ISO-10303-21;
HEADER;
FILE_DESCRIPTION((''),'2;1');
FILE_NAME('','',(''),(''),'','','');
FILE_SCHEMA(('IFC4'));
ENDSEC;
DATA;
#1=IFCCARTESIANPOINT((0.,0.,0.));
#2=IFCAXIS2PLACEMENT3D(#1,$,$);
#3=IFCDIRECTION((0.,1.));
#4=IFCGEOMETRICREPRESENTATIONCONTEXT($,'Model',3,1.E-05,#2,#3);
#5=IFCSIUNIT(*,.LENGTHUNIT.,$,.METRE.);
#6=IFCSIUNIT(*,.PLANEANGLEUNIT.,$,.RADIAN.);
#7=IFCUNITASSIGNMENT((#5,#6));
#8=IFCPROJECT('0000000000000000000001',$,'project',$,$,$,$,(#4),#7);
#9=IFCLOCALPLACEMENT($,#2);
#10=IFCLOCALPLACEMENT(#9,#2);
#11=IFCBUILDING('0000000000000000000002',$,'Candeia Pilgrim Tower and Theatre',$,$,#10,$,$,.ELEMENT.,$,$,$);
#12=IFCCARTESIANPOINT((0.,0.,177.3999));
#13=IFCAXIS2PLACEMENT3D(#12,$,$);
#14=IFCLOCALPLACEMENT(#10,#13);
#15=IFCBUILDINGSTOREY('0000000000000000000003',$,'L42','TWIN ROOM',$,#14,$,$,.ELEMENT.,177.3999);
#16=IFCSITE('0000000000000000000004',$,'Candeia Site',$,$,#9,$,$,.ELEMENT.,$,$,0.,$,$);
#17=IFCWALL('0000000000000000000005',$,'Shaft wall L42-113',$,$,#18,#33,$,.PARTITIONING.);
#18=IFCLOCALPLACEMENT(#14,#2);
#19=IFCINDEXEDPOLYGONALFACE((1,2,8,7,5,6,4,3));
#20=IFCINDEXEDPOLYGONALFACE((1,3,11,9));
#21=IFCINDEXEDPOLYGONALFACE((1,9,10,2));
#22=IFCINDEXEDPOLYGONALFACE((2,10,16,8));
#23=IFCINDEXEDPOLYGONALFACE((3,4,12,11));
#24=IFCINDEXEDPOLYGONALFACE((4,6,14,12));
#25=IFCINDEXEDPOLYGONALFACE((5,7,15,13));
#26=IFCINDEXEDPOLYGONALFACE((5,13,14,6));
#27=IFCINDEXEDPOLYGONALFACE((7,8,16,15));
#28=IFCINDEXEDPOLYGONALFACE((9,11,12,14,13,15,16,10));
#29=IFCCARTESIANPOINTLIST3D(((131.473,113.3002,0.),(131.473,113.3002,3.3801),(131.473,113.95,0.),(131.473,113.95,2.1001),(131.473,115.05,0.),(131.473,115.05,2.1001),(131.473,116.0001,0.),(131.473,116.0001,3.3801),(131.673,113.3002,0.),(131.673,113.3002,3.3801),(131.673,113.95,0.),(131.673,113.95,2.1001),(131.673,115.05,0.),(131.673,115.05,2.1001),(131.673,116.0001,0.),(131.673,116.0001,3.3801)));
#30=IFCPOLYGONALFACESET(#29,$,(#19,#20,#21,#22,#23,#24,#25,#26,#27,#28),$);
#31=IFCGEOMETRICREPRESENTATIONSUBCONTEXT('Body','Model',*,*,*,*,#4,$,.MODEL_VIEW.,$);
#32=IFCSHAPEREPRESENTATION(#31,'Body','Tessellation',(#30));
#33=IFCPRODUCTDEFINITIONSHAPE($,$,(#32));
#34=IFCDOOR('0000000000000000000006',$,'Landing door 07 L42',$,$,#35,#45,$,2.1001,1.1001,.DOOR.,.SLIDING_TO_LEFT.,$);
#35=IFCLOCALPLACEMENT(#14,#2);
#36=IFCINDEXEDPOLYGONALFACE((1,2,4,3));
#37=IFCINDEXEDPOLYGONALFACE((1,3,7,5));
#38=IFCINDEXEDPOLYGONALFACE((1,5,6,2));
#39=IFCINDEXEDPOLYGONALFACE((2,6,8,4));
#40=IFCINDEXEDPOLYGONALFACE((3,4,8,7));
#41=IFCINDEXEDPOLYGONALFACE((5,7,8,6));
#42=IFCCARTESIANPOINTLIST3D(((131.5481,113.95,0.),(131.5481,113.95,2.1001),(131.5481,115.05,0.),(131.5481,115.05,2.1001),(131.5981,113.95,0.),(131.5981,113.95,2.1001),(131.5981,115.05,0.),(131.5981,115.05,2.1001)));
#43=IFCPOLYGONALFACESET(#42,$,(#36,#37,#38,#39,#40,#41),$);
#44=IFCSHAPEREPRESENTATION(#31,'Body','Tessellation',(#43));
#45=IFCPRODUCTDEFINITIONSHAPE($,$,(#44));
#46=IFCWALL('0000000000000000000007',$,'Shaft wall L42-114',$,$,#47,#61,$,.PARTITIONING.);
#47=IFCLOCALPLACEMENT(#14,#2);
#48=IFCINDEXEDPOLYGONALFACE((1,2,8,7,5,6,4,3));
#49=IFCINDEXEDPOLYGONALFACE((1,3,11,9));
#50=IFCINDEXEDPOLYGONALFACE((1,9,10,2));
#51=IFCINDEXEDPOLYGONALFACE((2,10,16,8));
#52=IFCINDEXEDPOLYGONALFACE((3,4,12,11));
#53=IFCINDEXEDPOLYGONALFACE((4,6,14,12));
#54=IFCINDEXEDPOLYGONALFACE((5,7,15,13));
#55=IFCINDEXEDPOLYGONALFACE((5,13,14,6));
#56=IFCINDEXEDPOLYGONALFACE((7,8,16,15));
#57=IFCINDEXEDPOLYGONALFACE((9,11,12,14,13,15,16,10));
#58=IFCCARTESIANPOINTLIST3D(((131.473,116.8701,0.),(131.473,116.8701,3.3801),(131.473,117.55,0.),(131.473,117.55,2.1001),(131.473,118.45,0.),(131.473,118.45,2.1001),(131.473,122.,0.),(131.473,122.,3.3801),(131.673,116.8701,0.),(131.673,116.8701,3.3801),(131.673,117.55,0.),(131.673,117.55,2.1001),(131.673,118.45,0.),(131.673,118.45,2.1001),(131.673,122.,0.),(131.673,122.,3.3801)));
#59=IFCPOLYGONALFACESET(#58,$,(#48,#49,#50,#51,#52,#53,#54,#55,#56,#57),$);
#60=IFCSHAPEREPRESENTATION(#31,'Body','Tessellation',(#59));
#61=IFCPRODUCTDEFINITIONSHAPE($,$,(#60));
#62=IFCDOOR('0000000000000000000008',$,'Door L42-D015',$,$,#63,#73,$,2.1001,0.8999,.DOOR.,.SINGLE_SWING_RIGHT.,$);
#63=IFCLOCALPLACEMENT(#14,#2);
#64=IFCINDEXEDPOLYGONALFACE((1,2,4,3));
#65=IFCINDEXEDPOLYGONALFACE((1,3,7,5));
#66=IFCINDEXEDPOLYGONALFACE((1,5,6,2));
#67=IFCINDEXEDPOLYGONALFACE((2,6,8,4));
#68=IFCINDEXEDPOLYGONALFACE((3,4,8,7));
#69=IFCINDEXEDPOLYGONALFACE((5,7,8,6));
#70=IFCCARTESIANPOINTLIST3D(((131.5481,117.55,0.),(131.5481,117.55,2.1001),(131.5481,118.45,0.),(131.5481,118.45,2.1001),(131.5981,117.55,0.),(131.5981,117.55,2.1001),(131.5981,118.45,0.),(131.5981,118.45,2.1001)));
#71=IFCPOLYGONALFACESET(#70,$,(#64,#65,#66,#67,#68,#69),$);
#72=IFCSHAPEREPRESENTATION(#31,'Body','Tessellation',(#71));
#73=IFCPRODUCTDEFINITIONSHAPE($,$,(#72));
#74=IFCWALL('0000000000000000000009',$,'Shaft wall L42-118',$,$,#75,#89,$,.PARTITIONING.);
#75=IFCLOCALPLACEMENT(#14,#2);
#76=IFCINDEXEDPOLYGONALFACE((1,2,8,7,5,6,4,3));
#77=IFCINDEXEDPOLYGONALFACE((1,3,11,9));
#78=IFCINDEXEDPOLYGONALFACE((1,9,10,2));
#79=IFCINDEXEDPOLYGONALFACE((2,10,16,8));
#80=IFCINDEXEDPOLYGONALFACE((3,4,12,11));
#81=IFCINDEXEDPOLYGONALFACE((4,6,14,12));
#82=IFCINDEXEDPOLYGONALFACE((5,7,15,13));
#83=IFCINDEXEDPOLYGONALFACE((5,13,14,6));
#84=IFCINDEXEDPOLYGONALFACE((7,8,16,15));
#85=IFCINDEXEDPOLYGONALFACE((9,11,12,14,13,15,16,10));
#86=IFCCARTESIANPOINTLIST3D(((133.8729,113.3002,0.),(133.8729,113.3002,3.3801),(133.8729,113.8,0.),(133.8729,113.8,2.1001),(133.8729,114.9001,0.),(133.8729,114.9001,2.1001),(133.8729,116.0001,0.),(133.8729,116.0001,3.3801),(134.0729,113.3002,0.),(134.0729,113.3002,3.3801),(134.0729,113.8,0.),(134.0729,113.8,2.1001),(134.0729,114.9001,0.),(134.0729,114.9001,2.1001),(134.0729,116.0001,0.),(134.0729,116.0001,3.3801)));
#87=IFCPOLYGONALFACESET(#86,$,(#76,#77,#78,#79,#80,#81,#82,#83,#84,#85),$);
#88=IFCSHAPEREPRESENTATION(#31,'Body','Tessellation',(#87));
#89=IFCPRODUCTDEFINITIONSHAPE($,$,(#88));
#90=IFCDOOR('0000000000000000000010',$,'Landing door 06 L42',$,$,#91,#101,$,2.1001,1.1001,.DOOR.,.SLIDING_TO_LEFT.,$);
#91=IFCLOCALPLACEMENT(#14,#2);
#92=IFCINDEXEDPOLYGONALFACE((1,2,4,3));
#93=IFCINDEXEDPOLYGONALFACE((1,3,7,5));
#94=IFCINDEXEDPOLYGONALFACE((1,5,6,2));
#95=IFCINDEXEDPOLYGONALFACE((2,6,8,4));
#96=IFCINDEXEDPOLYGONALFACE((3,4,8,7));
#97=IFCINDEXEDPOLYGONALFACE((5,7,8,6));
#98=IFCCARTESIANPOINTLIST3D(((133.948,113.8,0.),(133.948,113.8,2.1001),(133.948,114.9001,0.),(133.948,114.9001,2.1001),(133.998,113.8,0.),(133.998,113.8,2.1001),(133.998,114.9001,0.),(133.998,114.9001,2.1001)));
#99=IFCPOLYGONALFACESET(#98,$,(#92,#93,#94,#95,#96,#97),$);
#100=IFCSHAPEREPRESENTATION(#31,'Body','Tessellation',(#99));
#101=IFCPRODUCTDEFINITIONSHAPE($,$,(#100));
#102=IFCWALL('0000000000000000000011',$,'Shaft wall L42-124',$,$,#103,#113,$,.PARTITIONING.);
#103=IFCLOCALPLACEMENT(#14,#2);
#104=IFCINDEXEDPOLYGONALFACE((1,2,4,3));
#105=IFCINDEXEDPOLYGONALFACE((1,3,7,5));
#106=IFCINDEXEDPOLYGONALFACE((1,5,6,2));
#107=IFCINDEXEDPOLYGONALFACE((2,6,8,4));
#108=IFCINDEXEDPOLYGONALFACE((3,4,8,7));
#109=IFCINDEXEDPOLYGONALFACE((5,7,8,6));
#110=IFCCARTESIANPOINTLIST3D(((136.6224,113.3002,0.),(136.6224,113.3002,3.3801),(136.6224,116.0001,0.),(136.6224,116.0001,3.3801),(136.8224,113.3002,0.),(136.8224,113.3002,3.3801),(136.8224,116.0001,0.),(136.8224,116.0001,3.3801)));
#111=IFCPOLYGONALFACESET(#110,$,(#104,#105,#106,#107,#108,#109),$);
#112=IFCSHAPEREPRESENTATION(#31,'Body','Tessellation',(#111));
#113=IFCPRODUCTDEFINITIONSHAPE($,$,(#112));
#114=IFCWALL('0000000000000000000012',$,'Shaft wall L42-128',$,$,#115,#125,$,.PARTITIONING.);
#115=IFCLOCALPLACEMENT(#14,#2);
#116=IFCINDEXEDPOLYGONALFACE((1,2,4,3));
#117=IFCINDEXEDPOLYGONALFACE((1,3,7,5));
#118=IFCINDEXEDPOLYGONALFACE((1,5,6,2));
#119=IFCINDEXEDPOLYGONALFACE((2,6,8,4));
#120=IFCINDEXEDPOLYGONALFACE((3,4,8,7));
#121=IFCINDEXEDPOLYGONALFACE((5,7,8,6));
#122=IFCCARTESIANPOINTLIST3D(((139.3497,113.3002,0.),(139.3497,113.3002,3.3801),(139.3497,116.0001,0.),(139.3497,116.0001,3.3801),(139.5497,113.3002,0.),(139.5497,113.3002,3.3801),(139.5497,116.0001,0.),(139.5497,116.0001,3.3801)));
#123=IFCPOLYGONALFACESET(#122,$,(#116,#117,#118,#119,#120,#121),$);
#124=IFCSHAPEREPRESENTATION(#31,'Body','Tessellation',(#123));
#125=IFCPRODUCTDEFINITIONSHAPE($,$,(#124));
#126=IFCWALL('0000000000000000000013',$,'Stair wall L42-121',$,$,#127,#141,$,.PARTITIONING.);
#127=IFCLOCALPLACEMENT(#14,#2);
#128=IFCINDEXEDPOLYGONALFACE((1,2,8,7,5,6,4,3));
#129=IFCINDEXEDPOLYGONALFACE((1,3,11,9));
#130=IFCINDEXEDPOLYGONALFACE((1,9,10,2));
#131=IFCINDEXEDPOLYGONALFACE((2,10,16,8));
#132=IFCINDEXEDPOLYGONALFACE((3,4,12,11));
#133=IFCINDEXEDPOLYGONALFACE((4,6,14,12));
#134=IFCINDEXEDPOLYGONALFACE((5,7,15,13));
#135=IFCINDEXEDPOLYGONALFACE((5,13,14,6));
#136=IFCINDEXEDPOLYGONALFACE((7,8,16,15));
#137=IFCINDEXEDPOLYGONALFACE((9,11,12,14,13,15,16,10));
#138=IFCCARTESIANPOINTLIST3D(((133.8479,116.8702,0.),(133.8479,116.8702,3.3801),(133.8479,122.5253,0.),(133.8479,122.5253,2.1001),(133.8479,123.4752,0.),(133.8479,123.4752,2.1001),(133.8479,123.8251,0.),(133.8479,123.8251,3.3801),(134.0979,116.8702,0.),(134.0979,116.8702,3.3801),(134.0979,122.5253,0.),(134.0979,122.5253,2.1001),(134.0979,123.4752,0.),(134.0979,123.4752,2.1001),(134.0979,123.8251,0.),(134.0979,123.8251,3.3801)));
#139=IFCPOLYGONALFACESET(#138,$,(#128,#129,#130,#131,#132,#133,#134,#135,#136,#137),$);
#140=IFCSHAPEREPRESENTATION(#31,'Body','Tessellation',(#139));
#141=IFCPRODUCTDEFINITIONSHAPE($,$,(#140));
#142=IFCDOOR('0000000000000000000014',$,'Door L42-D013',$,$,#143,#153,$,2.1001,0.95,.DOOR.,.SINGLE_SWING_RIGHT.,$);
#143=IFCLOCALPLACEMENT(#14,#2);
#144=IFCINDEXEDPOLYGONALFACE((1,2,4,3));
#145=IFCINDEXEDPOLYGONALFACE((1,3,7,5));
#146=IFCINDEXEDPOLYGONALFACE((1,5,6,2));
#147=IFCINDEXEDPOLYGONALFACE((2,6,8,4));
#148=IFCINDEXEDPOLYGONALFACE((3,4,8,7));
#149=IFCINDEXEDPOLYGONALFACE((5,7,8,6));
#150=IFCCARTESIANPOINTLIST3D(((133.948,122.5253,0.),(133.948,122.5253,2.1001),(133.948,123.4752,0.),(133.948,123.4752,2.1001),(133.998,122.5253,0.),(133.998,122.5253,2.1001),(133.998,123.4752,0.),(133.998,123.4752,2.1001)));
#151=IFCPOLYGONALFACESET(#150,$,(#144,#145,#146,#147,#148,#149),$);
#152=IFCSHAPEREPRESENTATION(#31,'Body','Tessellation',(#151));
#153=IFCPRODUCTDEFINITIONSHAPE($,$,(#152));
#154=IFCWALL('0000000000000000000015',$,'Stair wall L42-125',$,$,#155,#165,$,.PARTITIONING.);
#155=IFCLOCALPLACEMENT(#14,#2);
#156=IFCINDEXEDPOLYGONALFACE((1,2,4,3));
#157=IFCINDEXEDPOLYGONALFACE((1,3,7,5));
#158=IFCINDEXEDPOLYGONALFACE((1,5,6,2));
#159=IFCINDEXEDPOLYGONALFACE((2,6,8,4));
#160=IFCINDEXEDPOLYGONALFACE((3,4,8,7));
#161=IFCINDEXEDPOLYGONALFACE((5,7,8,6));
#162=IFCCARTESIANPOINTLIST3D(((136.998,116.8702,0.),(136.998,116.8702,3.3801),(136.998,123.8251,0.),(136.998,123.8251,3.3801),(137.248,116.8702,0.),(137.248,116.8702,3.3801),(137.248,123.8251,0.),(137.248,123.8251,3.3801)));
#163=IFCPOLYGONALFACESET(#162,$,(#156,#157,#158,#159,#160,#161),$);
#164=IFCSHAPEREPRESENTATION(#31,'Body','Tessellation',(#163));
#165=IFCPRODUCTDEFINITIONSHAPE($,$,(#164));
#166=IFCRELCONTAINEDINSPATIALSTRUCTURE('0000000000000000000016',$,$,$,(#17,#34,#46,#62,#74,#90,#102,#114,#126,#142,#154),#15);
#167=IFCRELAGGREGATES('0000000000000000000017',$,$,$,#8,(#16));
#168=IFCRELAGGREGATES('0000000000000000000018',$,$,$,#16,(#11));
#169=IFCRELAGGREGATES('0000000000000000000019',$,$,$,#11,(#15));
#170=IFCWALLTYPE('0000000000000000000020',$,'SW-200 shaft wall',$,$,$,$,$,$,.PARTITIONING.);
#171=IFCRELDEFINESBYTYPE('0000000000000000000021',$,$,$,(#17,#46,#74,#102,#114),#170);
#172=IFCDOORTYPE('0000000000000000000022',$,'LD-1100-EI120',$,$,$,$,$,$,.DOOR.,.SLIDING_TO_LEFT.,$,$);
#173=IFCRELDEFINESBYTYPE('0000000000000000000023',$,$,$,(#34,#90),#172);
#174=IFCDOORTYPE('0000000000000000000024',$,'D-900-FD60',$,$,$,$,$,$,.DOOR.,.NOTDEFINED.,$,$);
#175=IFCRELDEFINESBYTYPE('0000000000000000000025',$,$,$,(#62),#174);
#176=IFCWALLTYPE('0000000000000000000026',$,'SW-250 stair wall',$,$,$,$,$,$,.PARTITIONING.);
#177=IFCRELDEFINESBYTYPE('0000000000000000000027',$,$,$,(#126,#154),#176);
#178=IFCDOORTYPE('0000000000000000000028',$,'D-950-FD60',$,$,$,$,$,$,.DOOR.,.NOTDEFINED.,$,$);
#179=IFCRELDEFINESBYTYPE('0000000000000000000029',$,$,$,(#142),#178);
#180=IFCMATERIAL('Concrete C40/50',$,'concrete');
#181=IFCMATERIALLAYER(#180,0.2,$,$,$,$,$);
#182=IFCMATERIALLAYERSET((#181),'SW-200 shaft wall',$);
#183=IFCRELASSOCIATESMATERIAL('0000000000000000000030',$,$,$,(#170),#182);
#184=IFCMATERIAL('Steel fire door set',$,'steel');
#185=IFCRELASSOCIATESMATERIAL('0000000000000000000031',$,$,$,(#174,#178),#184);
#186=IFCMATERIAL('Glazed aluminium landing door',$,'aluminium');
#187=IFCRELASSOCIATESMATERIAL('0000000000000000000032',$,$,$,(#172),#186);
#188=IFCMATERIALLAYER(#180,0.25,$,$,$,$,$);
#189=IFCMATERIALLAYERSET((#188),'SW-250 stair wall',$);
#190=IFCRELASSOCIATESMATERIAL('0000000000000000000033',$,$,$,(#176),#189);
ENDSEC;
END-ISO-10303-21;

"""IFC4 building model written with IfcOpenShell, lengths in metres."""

from ifc_helpers import new_model, si_unit, direction, frame, frame_2d, origin, place, context, subcontext, project, spatial, rectangle, extrude, material, layer, layer_set, type_object, element, fill, save


model = new_model("IFC4")

# Units and contexts
model_context = context("Model", 3, precision=1e-05, world=origin(), true_north=direction((0.0, 1.0)))
body_context = subcontext(model_context, "Body", "Model", "MODEL_VIEW")
ifc_project = project(units=[si_unit("LENGTHUNIT", "METRE"), si_unit("PLANEANGLEUNIT", "RADIAN")], contexts=[model_context])

# Site, building, storey
site_placement = place(None, origin())
site = spatial("IfcSite", under=ifc_project, at=site_placement, Name="Candeia Site", CompositionType="ELEMENT", RefElevation=0.0)
building_placement = place(site_placement, origin())
building = spatial("IfcBuilding", under=site, at=building_placement, Name="Candeia Pilgrim Tower and Theatre", CompositionType="ELEMENT")
storey_placement = place(building_placement, frame((0.0, 0.0, 177.3999)))
storey = spatial("IfcBuildingStorey", under=building, at=storey_placement, Name="L42", Description="TWIN ROOM", CompositionType="ELEMENT", Elevation=177.3999)

# Shared definitions
ifc_material_1 = material(Name="Steel fire door set", Category="steel")

# Walls, openings, doors
ifc_material_2 = material(Name="Concrete C40/50", Category="concrete")
ifc_layer_1 = layer(ifc_material_2, 0.2)
ifc_layer_set_1 = layer_set([ifc_layer_1], Name="SW-200 shaft wall")
wall_type_1 = type_object("IfcWallType", Name="SW-200 shaft wall", PredefinedType="PARTITIONING", material=ifc_layer_set_1)
door_type_1 = type_object("IfcDoorType", Name="D-900-FD60", OperationType="NOTDEFINED", PredefinedType="DOOR", material=ifc_material_1)
wall_1_placement = place(storey_placement, frame((131.573, 113.3, 0.0), z_axis=(0.0, 0.0, 1.0), x_axis=(0.0, 1.0, 0.0)))
wall_1 = element("IfcWall", 1, at=wall_1_placement, inside=storey, type_object=wall_type_1, Name="Shaft wall L42-113", PredefinedType="PARTITIONING", context=body_context, shape_type="SweptSolid", body=[
    extrude(rectangle(XDim=2.7, YDim=0.2, at=frame_2d((1.3501, 0.0))), origin(), (0.0, 0.0, 1.0), 3.3801),
])
opening_1_placement = place(wall_1_placement, frame((0.6499, 0.0, 0.0)))
opening_1 = element("IfcOpeningElement", 2, at=opening_1_placement, cuts=wall_1, PredefinedType="OPENING", context=body_context, shape_type="SweptSolid", body=[
    extrude(rectangle(XDim=1.1001, YDim=2.1001, at=frame_2d((0.55, 1.05))), frame((0.0, 0.1099, 0.0), z_axis=(0.0, -1.0, 0.0), x_axis=(1.0, 0.0, 0.0)), (0.0, 0.0, 1.0), 0.22),
])
ifc_material_3 = material(Name="Glazed aluminium landing door", Category="aluminium")
door_type_2 = type_object("IfcDoorType", Name="LD-1100-EI120", OperationType="SLIDING_TO_LEFT", PredefinedType="DOOR", material=ifc_material_3)
door_1_placement = place(opening_1_placement, origin())
door_1 = element("IfcDoor", 3, at=door_1_placement, inside=storey, type_object=door_type_2, Name="Landing door 07 L42", OperationType="SLIDING_TO_LEFT", OverallHeight=2.1001, OverallWidth=1.1001, PredefinedType="DOOR", context=body_context, shape_type="SweptSolid", body=[
    extrude(rectangle(XDim=1.1001, YDim=2.1001, at=frame_2d((0.55, 1.05))), frame((0.0, 0.0249, 0.0), z_axis=(0.0, -1.0, 0.0), x_axis=(1.0, 0.0, 0.0)), (0.0, 0.0, 1.0), 0.05),
])
fill(opening_1, door_1)
wall_2_placement = place(storey_placement, frame((131.573, 116.8701, 0.0), z_axis=(0.0, 0.0, 1.0), x_axis=(0.0, 1.0, 0.0)))
wall_2 = element("IfcWall", 4, at=wall_2_placement, inside=storey, type_object=wall_type_1, Name="Shaft wall L42-114", PredefinedType="PARTITIONING", context=body_context, shape_type="SweptSolid", body=[
    extrude(rectangle(XDim=5.1299, YDim=0.2, at=frame_2d((2.5649, 0.0))), origin(), (0.0, 0.0, 1.0), 3.3801),
])
opening_2_placement = place(wall_2_placement, frame((0.6799, 0.0, 0.0)))
opening_2 = element("IfcOpeningElement", 5, at=opening_2_placement, cuts=wall_2, PredefinedType="OPENING", context=body_context, shape_type="SweptSolid", body=[
    extrude(rectangle(XDim=0.8999, YDim=2.1001, at=frame_2d((0.45, 1.05))), frame((0.0, 0.1099, 0.0), z_axis=(0.0, -1.0, 0.0), x_axis=(1.0, 0.0, 0.0)), (0.0, 0.0, 1.0), 0.22),
])
door_2_placement = place(opening_2_placement, origin())
door_2 = element("IfcDoor", 6, at=door_2_placement, inside=storey, type_object=door_type_1, Name="Door L42-D015", OperationType="SINGLE_SWING_RIGHT", OverallHeight=2.1001, OverallWidth=0.8999, PredefinedType="DOOR", context=body_context, shape_type="SweptSolid", body=[
    extrude(rectangle(XDim=0.8999, YDim=2.1001, at=frame_2d((0.45, 1.05))), frame((0.0, 0.0249, 0.0), z_axis=(0.0, -1.0, 0.0), x_axis=(1.0, 0.0, 0.0)), (0.0, 0.0, 1.0), 0.05),
])
fill(opening_2, door_2)
wall_3_placement = place(storey_placement, frame((133.9729, 113.3, 0.0), z_axis=(0.0, 0.0, 1.0), x_axis=(0.0, 1.0, 0.0)))
wall_3 = element("IfcWall", 7, at=wall_3_placement, inside=storey, type_object=wall_type_1, Name="Shaft wall L42-118", PredefinedType="PARTITIONING", context=body_context, shape_type="SweptSolid", body=[
    extrude(rectangle(XDim=2.7, YDim=0.2, at=frame_2d((1.3501, 0.0))), origin(), (0.0, 0.0, 1.0), 3.3801),
])
opening_3_placement = place(wall_3_placement, frame((0.5, 0.0, 0.0)))
opening_3 = element("IfcOpeningElement", 8, at=opening_3_placement, cuts=wall_3, PredefinedType="OPENING", context=body_context, shape_type="SweptSolid", body=[
    extrude(rectangle(XDim=1.1001, YDim=2.1001, at=frame_2d((0.55, 1.05))), frame((0.0, 0.1099, 0.0), z_axis=(0.0, -1.0, 0.0), x_axis=(1.0, 0.0, 0.0)), (0.0, 0.0, 1.0), 0.22),
])
door_3_placement = place(opening_3_placement, origin())
door_3 = element("IfcDoor", 9, at=door_3_placement, inside=storey, type_object=door_type_2, Name="Landing door 06 L42", OperationType="SLIDING_TO_LEFT", OverallHeight=2.1001, OverallWidth=1.1001, PredefinedType="DOOR", context=body_context, shape_type="SweptSolid", body=[
    extrude(rectangle(XDim=1.1001, YDim=2.1001, at=frame_2d((0.55, 1.05))), frame((0.0, 0.0249, 0.0), z_axis=(0.0, -1.0, 0.0), x_axis=(1.0, 0.0, 0.0)), (0.0, 0.0, 1.0), 0.05),
])
fill(opening_3, door_3)

# Walls
for number, where, z_axis, x_axis, name in (
    (10, (136.7224, 113.3, 0.0), (0.0, 0.0, 1.0), (0.0, 1.0, 0.0), "Shaft wall L42-124"),
    (11, (139.4497, 113.3, 0.0), (0.0, 0.0, 1.0), (0.0, 1.0, 0.0), "Shaft wall L42-128"),
):
    element("IfcWall", number, at=place(storey_placement, frame(where, z_axis=z_axis, x_axis=x_axis)), inside=storey, type_object=wall_type_1, Name=name, PredefinedType="PARTITIONING", context=body_context, shape_type="SweptSolid", body=[
        extrude(rectangle(XDim=2.7, YDim=0.2, at=frame_2d((1.3501, 0.0))), origin(), (0.0, 0.0, 1.0), 3.3801),
    ])

# Wall, opening, door
ifc_layer_2 = layer(ifc_material_2, 0.25)
ifc_layer_set_2 = layer_set([ifc_layer_2], Name="SW-250 stair wall")
wall_type_2 = type_object("IfcWallType", Name="SW-250 stair wall", PredefinedType="PARTITIONING", material=ifc_layer_set_2)
wall_4_placement = place(storey_placement, frame((133.9729, 116.8701, 0.0), z_axis=(0.0, 0.0, 1.0), x_axis=(0.0, 1.0, 0.0)))
wall_4 = element("IfcWall", 12, at=wall_4_placement, inside=storey, type_object=wall_type_2, Name="Stair wall L42-121", PredefinedType="PARTITIONING", context=body_context, shape_type="SweptSolid", body=[
    extrude(rectangle(XDim=6.9548, YDim=0.25, at=frame_2d((3.4775, 0.0))), origin(), (0.0, 0.0, 1.0), 3.3801),
])
opening_4_placement = place(wall_4_placement, frame((5.655, 0.0, 0.0)))
opening_4 = element("IfcOpeningElement", 13, at=opening_4_placement, cuts=wall_4, PredefinedType="OPENING", context=body_context, shape_type="SweptSolid", body=[
    extrude(rectangle(XDim=0.95, YDim=2.1001, at=frame_2d((0.4751, 1.05))), frame((0.0, 0.135, 0.0), z_axis=(0.0, -1.0, 0.0), x_axis=(1.0, 0.0, 0.0)), (0.0, 0.0, 1.0), 0.27),
])
door_type_3 = type_object("IfcDoorType", Name="D-950-FD60", OperationType="NOTDEFINED", PredefinedType="DOOR", material=ifc_material_1)
door_4_placement = place(opening_4_placement, origin())
door_4 = element("IfcDoor", 14, at=door_4_placement, inside=storey, type_object=door_type_3, Name="Door L42-D013", OperationType="SINGLE_SWING_RIGHT", OverallHeight=2.1001, OverallWidth=0.95, PredefinedType="DOOR", context=body_context, shape_type="SweptSolid", body=[
    extrude(rectangle(XDim=0.95, YDim=2.1001, at=frame_2d((0.4751, 1.05))), frame((0.0, 0.0249, 0.0), z_axis=(0.0, -1.0, 0.0), x_axis=(1.0, 0.0, 0.0)), (0.0, 0.0, 1.0), 0.05),
])
fill(opening_4, door_4)

# Wall
wall_5_placement = place(storey_placement, frame((137.123, 116.8701, 0.0), z_axis=(0.0, 0.0, 1.0), x_axis=(0.0, 1.0, 0.0)))
element("IfcWall", 15, at=wall_5_placement, inside=storey, type_object=wall_type_2, Name="Stair wall L42-125", PredefinedType="PARTITIONING", context=body_context, shape_type="SweptSolid", body=[
    extrude(rectangle(XDim=6.9548, YDim=0.25, at=frame_2d((3.4775, 0.0))), origin(), (0.0, 0.0, 1.0), 3.3801),
])

save(model, "model.ifc")
